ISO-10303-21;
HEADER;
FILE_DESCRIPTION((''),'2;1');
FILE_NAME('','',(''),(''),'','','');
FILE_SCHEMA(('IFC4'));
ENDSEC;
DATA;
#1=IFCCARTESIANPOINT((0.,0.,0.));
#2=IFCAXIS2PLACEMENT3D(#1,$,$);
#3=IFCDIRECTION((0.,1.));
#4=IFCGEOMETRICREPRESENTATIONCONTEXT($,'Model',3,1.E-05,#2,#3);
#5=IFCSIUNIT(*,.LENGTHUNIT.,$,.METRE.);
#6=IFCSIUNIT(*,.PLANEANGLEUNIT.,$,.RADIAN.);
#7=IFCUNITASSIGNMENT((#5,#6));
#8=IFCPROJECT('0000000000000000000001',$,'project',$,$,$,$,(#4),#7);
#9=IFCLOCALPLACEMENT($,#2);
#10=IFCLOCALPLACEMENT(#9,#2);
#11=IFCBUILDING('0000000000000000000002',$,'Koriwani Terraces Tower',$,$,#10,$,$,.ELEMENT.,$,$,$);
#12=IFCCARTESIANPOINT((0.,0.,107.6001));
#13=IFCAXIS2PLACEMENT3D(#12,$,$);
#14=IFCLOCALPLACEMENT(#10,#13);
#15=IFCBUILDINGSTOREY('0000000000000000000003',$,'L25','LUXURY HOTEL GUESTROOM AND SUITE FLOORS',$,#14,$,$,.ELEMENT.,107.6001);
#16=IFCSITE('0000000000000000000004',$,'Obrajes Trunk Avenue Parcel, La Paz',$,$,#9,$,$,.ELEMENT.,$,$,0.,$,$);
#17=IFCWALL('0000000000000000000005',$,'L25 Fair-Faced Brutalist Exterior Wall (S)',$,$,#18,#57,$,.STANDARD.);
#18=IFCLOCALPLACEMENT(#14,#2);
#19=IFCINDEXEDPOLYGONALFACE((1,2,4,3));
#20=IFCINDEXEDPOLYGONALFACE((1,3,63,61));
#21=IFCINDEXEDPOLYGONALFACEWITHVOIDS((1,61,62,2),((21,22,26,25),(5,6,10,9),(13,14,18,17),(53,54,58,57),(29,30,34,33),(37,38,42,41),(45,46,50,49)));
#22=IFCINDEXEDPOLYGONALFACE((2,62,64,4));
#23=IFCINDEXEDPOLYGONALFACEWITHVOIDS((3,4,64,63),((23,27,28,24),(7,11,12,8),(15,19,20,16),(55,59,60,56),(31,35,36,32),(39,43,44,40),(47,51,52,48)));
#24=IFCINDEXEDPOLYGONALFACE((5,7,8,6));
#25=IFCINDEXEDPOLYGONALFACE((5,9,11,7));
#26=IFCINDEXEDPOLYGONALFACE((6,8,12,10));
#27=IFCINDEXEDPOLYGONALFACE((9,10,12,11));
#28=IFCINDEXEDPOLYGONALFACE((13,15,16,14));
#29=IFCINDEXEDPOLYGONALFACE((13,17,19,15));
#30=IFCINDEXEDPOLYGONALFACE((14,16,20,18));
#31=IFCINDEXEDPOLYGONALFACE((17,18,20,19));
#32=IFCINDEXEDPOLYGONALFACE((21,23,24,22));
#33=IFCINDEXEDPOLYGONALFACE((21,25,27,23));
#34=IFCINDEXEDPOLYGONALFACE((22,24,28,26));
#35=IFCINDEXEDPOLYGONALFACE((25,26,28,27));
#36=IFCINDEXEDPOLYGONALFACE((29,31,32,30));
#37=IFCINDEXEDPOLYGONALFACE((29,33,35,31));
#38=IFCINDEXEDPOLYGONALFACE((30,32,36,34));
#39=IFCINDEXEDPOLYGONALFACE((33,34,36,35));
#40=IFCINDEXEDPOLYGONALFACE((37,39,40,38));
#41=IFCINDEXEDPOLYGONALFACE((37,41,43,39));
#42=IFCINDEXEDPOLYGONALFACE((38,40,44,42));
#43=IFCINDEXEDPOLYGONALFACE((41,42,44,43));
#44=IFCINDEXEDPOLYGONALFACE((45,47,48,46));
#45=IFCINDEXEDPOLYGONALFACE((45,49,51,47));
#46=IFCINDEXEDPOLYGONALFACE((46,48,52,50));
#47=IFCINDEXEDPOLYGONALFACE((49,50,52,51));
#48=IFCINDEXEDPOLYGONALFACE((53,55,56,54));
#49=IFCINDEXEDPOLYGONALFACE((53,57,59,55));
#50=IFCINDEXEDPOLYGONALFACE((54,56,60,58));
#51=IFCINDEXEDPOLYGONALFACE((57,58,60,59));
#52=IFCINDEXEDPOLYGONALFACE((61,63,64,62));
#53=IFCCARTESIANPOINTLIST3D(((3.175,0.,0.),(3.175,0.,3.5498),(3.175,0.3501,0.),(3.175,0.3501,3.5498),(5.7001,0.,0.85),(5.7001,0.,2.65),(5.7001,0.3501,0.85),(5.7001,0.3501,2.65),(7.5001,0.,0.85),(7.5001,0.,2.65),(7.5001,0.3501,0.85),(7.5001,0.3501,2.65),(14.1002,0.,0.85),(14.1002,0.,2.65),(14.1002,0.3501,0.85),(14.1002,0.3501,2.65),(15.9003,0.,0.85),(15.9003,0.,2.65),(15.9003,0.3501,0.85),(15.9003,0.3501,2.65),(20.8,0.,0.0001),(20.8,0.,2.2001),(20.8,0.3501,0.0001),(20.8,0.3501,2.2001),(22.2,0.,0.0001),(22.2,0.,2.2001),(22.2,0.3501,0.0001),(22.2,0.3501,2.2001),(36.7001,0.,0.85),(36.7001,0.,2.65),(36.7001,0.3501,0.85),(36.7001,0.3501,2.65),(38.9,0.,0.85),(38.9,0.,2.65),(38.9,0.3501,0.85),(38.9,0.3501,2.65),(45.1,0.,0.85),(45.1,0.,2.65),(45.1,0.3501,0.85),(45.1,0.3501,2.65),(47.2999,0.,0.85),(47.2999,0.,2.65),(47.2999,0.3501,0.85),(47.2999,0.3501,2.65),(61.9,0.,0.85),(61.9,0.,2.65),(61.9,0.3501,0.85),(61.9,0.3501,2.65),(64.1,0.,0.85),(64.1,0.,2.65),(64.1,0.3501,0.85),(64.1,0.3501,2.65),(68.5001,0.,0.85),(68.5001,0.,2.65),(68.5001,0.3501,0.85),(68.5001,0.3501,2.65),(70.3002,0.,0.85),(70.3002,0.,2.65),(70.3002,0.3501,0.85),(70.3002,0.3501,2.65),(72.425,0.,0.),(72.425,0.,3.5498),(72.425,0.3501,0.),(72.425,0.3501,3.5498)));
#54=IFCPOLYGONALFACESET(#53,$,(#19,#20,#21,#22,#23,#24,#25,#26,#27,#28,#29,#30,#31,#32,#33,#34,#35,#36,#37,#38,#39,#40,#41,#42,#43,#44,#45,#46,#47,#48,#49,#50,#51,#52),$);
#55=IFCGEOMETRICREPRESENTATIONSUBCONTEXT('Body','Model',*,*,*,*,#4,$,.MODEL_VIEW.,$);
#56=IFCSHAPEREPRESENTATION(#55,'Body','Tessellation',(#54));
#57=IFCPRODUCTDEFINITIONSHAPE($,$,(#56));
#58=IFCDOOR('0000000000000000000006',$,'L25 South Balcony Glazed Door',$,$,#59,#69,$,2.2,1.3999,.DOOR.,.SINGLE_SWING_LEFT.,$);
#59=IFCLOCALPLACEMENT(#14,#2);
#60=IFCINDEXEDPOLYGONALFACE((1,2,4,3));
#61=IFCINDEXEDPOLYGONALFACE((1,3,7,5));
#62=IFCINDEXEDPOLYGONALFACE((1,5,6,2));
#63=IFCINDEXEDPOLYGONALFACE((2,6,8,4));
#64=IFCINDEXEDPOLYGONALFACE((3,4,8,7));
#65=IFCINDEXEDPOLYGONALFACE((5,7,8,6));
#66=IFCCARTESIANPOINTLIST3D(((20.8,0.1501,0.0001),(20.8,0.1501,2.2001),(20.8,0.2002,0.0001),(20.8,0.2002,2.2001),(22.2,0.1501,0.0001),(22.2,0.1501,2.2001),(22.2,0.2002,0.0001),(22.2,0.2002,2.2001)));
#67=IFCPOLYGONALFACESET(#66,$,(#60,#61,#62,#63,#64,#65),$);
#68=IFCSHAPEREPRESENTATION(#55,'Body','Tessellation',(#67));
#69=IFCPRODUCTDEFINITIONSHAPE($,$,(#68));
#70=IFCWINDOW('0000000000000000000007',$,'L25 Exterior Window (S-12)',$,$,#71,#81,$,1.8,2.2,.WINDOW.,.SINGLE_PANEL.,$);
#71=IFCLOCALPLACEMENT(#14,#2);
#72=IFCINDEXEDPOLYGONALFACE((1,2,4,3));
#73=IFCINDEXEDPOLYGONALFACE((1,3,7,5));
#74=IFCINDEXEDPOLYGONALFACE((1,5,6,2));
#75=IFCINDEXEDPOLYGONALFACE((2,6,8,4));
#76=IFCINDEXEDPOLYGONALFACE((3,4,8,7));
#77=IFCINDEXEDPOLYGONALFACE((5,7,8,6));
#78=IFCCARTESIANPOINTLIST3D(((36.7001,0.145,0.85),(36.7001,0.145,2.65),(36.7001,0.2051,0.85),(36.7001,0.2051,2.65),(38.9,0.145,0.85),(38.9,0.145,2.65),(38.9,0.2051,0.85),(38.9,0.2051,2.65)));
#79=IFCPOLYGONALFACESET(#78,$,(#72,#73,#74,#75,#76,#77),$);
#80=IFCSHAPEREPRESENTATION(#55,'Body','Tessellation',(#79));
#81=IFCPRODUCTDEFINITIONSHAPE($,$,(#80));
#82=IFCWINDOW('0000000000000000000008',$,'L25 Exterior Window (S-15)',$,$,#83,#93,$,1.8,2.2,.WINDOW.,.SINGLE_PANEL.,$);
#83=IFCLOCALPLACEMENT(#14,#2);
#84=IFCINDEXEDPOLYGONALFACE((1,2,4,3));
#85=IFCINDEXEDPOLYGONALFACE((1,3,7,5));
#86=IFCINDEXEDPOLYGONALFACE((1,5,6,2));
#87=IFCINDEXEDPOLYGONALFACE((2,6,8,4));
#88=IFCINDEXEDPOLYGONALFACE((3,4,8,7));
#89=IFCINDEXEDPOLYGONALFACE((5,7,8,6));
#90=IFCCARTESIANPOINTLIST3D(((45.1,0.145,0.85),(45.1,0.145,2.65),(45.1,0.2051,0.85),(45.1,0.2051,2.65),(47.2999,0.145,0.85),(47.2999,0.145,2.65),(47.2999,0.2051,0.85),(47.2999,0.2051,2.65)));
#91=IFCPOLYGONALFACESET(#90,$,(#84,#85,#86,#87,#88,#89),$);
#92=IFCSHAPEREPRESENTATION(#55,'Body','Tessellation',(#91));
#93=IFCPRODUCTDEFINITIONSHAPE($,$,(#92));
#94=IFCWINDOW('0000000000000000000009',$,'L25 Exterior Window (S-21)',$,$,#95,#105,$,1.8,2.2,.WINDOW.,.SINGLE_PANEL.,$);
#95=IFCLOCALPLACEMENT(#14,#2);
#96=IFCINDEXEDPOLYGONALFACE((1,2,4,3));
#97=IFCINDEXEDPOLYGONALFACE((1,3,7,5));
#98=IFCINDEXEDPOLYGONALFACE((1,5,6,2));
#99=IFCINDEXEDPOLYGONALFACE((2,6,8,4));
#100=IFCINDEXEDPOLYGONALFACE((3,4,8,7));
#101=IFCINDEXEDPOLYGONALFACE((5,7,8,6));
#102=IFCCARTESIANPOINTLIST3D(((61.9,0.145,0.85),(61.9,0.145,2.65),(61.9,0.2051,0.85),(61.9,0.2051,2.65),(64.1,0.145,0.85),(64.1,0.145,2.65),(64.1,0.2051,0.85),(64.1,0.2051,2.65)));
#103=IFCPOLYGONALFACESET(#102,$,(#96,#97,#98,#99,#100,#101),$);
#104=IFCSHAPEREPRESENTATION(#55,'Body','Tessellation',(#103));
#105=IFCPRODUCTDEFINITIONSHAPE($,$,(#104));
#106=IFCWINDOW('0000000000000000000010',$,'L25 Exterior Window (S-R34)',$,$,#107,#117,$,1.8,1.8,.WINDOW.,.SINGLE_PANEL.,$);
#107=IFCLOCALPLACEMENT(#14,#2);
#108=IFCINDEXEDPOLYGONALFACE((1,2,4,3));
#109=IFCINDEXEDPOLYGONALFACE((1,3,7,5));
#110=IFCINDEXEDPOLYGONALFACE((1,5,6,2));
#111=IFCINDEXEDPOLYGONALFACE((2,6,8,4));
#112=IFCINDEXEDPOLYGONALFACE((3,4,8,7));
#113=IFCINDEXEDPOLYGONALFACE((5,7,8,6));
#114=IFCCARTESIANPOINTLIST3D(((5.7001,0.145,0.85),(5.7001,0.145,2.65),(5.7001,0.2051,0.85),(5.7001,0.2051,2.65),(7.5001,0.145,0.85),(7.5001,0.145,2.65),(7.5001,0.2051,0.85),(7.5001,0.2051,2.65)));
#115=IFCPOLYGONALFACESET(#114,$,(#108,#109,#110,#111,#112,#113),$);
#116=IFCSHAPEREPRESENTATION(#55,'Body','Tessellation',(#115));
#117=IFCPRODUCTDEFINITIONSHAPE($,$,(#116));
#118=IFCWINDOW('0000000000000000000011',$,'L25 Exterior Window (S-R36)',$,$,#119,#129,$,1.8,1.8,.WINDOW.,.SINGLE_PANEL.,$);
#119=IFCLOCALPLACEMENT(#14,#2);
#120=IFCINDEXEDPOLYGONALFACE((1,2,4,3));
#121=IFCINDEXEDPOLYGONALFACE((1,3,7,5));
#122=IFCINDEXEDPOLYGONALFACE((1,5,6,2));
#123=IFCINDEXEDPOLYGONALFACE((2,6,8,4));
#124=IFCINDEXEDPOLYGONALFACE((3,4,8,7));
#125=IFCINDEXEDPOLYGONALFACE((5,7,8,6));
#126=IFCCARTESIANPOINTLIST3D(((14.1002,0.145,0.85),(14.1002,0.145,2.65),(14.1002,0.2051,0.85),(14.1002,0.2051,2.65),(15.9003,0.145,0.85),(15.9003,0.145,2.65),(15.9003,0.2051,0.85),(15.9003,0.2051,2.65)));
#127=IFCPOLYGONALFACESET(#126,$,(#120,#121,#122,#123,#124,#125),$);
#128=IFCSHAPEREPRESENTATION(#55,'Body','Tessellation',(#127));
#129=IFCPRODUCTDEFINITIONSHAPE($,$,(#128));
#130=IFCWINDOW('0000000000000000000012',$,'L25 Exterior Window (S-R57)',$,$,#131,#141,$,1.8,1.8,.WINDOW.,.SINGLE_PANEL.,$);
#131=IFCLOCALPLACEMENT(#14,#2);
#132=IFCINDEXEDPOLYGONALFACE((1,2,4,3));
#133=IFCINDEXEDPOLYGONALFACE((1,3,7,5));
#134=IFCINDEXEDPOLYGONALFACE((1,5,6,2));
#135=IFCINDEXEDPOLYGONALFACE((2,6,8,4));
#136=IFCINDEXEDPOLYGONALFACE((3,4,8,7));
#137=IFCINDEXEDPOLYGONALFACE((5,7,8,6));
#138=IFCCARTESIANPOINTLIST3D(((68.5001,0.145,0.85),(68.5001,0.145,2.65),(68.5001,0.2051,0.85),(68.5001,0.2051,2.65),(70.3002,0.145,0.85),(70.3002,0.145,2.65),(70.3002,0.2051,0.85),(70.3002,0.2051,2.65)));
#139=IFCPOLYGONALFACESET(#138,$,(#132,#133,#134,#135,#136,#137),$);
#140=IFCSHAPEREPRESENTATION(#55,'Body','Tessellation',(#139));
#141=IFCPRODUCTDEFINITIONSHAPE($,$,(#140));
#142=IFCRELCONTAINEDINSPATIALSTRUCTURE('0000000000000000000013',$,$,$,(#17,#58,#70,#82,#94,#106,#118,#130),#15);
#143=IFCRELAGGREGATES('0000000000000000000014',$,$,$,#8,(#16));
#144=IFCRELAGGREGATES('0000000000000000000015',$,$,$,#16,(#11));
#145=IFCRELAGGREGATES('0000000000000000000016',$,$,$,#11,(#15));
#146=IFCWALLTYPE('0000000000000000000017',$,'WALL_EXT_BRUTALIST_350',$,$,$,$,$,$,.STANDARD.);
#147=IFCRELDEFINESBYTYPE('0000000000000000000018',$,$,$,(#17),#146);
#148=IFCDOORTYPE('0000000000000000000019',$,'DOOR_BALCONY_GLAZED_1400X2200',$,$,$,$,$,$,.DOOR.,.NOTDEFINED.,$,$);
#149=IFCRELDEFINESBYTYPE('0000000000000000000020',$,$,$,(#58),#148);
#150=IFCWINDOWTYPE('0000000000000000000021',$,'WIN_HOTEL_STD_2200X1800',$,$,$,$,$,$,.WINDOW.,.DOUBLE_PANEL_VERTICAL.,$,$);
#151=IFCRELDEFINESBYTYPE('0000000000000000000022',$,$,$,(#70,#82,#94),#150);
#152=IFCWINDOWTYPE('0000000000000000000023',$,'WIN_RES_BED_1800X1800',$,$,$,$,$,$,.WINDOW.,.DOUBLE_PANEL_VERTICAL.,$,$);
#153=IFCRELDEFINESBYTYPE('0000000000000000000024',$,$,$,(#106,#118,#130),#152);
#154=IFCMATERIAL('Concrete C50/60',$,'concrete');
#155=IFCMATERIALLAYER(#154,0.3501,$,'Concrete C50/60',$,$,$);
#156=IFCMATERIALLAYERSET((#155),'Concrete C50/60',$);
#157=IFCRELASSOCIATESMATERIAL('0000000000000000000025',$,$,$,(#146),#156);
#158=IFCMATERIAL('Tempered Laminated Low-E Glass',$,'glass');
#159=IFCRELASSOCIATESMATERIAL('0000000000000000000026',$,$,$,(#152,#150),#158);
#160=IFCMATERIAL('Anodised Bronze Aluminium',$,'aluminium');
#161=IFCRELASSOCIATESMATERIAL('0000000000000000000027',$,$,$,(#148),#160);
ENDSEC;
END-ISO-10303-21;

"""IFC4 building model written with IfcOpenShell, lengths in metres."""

from ifc_helpers import new_model, si_unit, direction, frame, frame_2d, origin, place, context, subcontext, project, spatial, rectangle, extrude, material, layer, layer_set, type_object, element, fill, save


model = new_model("IFC4")

# Units and contexts
model_context = context("Model", 3, precision=1e-05, world=origin(), true_north=direction((0.0, 1.0)))
body_context = subcontext(model_context, "Body", "Model", "MODEL_VIEW")
ifc_project = project(units=[si_unit("LENGTHUNIT", "METRE"), si_unit("PLANEANGLEUNIT", "RADIAN")], contexts=[model_context])

# Site, building, storey
site_placement = place(None, origin())
site = spatial("IfcSite", under=ifc_project, at=site_placement, Name="Obrajes Trunk Avenue Parcel, La Paz", CompositionType="ELEMENT", RefElevation=0.0)
building_placement = place(site_placement, origin())
building = spatial("IfcBuilding", under=site, at=building_placement, Name="Koriwani Terraces Tower", CompositionType="ELEMENT")
storey_placement = place(building_placement, frame((0.0, 0.0, 107.6001)))
storey = spatial("IfcBuildingStorey", under=building, at=storey_placement, Name="L25", Description="LUXURY HOTEL GUESTROOM AND SUITE FLOORS", CompositionType="ELEMENT", Elevation=107.6001)

# Shared definitions
ifc_material_1 = material(Name="Concrete C50/60", Category="concrete")

# Shared definitions
ifc_layer_1 = layer(ifc_material_1, 0.3501, Name="Concrete C50/60")
ifc_layer_set_1 = layer_set([ifc_layer_1], Name="Concrete C50/60")
wall_type_1 = type_object("IfcWallType", Name="WALL_EXT_BRUTALIST_350", PredefinedType="STANDARD", material=ifc_layer_set_1)

# Shared definitions
ifc_material_2 = material(Name="Tempered Laminated Low-E Glass", Category="glass")
window_type_1 = type_object("IfcWindowType", Name="WIN_RES_BED_1800X1800", PartitioningType="DOUBLE_PANEL_VERTICAL", PredefinedType="WINDOW", material=ifc_material_2)

# Wall, openings, door, windows
wall_1_placement = place(storey_placement, frame((72.425, 0.175, 0.0), z_axis=(0.0, 0.0, 1.0), x_axis=(-1.0, 0.0, 0.0)))
wall_1 = element("IfcWall", 1, at=wall_1_placement, inside=storey, type_object=wall_type_1, Name="L25 Fair-Faced Brutalist Exterior Wall (S)", PredefinedType="STANDARD", context=body_context, shape_type="SweptSolid", body=[
    extrude(rectangle(XDim=69.25, YDim=0.3501, at=frame_2d((34.625, 0.0))), origin(), (0.0, 0.0, 1.0), 3.5498),
])
opening_1_placement = place(wall_1_placement, frame((50.2251, 0.0, 0.0)))
opening_1 = element("IfcOpeningElement", 2, at=opening_1_placement, cuts=wall_1, PredefinedType="OPENING", context=body_context, shape_type="SweptSolid", body=[
    extrude(rectangle(XDim=1.3999, YDim=2.2, at=frame_2d((0.7, 1.1001))), frame((0.0, 0.1851, 0.0), z_axis=(0.0, -1.0, 0.0), x_axis=(1.0, 0.0, 0.0)), (0.0, 0.0, 1.0), 0.3701),
])
opening_2_placement = place(wall_1_placement, frame((33.5249, 0.0, 0.8501)))
opening_2 = element("IfcOpeningElement", 3, at=opening_2_placement, cuts=wall_1, PredefinedType="OPENING", context=body_context, shape_type="SweptSolid", body=[
    extrude(rectangle(XDim=2.2, YDim=1.8, at=frame_2d((1.1001, 0.8999))), frame((0.0, 0.1851, 0.0), z_axis=(0.0, -1.0, 0.0), x_axis=(1.0, 0.0, 0.0)), (0.0, 0.0, 1.0), 0.3701),
])
opening_3_placement = place(wall_1_placement, frame((25.125, 0.0, 0.8501)))
opening_3 = element("IfcOpeningElement", 4, at=opening_3_placement, cuts=wall_1, PredefinedType="OPENING", context=body_context, shape_type="SweptSolid", body=[
    extrude(rectangle(XDim=2.2, YDim=1.8, at=frame_2d((1.1001, 0.8999))), frame((0.0, 0.1851, 0.0), z_axis=(0.0, -1.0, 0.0), x_axis=(1.0, 0.0, 0.0)), (0.0, 0.0, 1.0), 0.3701),
])
opening_4_placement = place(wall_1_placement, frame((8.325, 0.0, 0.8501)))
opening_4 = element("IfcOpeningElement", 5, at=opening_4_placement, cuts=wall_1, PredefinedType="OPENING", context=body_context, shape_type="SweptSolid", body=[
    extrude(rectangle(XDim=2.2, YDim=1.8, at=frame_2d((1.1001, 0.8999))), frame((0.0, 0.1851, 0.0), z_axis=(0.0, -1.0, 0.0), x_axis=(1.0, 0.0, 0.0)), (0.0, 0.0, 1.0), 0.3701),
])
opening_5_placement = place(wall_1_placement, frame((64.925, 0.0, 0.8501)))
opening_5 = element("IfcOpeningElement", 6, at=opening_5_placement, cuts=wall_1, PredefinedType="OPENING", context=body_context, shape_type="SweptSolid", body=[
    extrude(rectangle(XDim=1.8, YDim=1.8, at=frame_2d((0.8999, 0.8999))), frame((0.0, 0.1851, 0.0), z_axis=(0.0, -1.0, 0.0), x_axis=(1.0, 0.0, 0.0)), (0.0, 0.0, 1.0), 0.3701),
])
opening_6_placement = place(wall_1_placement, frame((56.5249, 0.0, 0.8501)))
opening_6 = element("IfcOpeningElement", 7, at=opening_6_placement, cuts=wall_1, PredefinedType="OPENING", context=body_context, shape_type="SweptSolid", body=[
    extrude(rectangle(XDim=1.8, YDim=1.8, at=frame_2d((0.8999, 0.8999))), frame((0.0, 0.1851, 0.0), z_axis=(0.0, -1.0, 0.0), x_axis=(1.0, 0.0, 0.0)), (0.0, 0.0, 1.0), 0.3701),
])
opening_7_placement = place(wall_1_placement, frame((2.125, 0.0, 0.8501)))
opening_7 = element("IfcOpeningElement", 8, at=opening_7_placement, cuts=wall_1, PredefinedType="OPENING", context=body_context, shape_type="SweptSolid", body=[
    extrude(rectangle(XDim=1.8, YDim=1.8, at=frame_2d((0.8999, 0.8999))), frame((0.0, 0.1851, 0.0), z_axis=(0.0, -1.0, 0.0), x_axis=(1.0, 0.0, 0.0)), (0.0, 0.0, 1.0), 0.3701),
])
ifc_material_3 = material(Name="Anodised Bronze Aluminium", Category="aluminium")
door_type = type_object("IfcDoorType", Name="DOOR_BALCONY_GLAZED_1400X2200", OperationType="NOTDEFINED", PredefinedType="DOOR", material=ifc_material_3)
door_placement = place(opening_1_placement, origin())
door = element("IfcDoor", 9, at=door_placement, inside=storey, type_object=door_type, Name="L25 South Balcony Glazed Door", OperationType="SINGLE_SWING_LEFT", OverallHeight=2.2, OverallWidth=1.3999, PredefinedType="DOOR", context=body_context, shape_type="SweptSolid", body=[
    extrude(rectangle(XDim=1.3999, YDim=2.2, at=frame_2d((0.7, 1.1001))), frame((0.0, 0.0249, 0.0), z_axis=(0.0, -1.0, 0.0), x_axis=(1.0, 0.0, 0.0)), (0.0, 0.0, 1.0), 0.05),
])
fill(opening_1, door)
window_type_2 = type_object("IfcWindowType", Name="WIN_HOTEL_STD_2200X1800", PartitioningType="DOUBLE_PANEL_VERTICAL", PredefinedType="WINDOW", material=ifc_material_2)
window_1_placement = place(opening_2_placement, origin())
window_1 = element("IfcWindow", 10, at=window_1_placement, inside=storey, type_object=window_type_2, Name="L25 Exterior Window (S-12)", OverallHeight=1.8, OverallWidth=2.2, PartitioningType="SINGLE_PANEL", PredefinedType="WINDOW", context=body_context, shape_type="SweptSolid", body=[
    extrude(rectangle(XDim=2.2, YDim=1.8, at=frame_2d((1.1001, 0.8999))), frame((0.0, 0.03, 0.0), z_axis=(0.0, -1.0, 0.0), x_axis=(1.0, 0.0, 0.0)), (0.0, 0.0, 1.0), 0.0601),
])
fill(opening_2, window_1)
window_2_placement = place(opening_3_placement, origin())
window_2 = element("IfcWindow", 11, at=window_2_placement, inside=storey, type_object=window_type_2, Name="L25 Exterior Window (S-15)", OverallHeight=1.8, OverallWidth=2.2, PartitioningType="SINGLE_PANEL", PredefinedType="WINDOW", context=body_context, shape_type="SweptSolid", body=[
    extrude(rectangle(XDim=2.2, YDim=1.8, at=frame_2d((1.1001, 0.8999))), frame((0.0, 0.03, 0.0), z_axis=(0.0, -1.0, 0.0), x_axis=(1.0, 0.0, 0.0)), (0.0, 0.0, 1.0), 0.0601),
])
fill(opening_3, window_2)
window_3_placement = place(opening_4_placement, origin())
window_3 = element("IfcWindow", 12, at=window_3_placement, inside=storey, type_object=window_type_2, Name="L25 Exterior Window (S-21)", OverallHeight=1.8, OverallWidth=2.2, PartitioningType="SINGLE_PANEL", PredefinedType="WINDOW", context=body_context, shape_type="SweptSolid", body=[
    extrude(rectangle(XDim=2.2, YDim=1.8, at=frame_2d((1.1001, 0.8999))), frame((0.0, 0.03, 0.0), z_axis=(0.0, -1.0, 0.0), x_axis=(1.0, 0.0, 0.0)), (0.0, 0.0, 1.0), 0.0601),
])
fill(opening_4, window_3)
window_4_placement = place(opening_5_placement, origin())
window_4 = element("IfcWindow", 13, at=window_4_placement, inside=storey, type_object=window_type_1, Name="L25 Exterior Window (S-R34)", OverallHeight=1.8, OverallWidth=1.8, PartitioningType="SINGLE_PANEL", PredefinedType="WINDOW", context=body_context, shape_type="SweptSolid", body=[
    extrude(rectangle(XDim=1.8, YDim=1.8, at=frame_2d((0.8999, 0.8999))), frame((0.0, 0.03, 0.0), z_axis=(0.0, -1.0, 0.0), x_axis=(1.0, 0.0, 0.0)), (0.0, 0.0, 1.0), 0.0601),
])
fill(opening_5, window_4)
window_5_placement = place(opening_6_placement, origin())
window_5 = element("IfcWindow", 14, at=window_5_placement, inside=storey, type_object=window_type_1, Name="L25 Exterior Window (S-R36)", OverallHeight=1.8, OverallWidth=1.8, PartitioningType="SINGLE_PANEL", PredefinedType="WINDOW", context=body_context, shape_type="SweptSolid", body=[
    extrude(rectangle(XDim=1.8, YDim=1.8, at=frame_2d((0.8999, 0.8999))), frame((0.0, 0.03, 0.0), z_axis=(0.0, -1.0, 0.0), x_axis=(1.0, 0.0, 0.0)), (0.0, 0.0, 1.0), 0.0601),
])
fill(opening_6, window_5)
window_6_placement = place(opening_7_placement, origin())
window_6 = element("IfcWindow", 15, at=window_6_placement, inside=storey, type_object=window_type_1, Name="L25 Exterior Window (S-R57)", OverallHeight=1.8, OverallWidth=1.8, PartitioningType="SINGLE_PANEL", PredefinedType="WINDOW", context=body_context, shape_type="SweptSolid", body=[
    extrude(rectangle(XDim=1.8, YDim=1.8, at=frame_2d((0.8999, 0.8999))), frame((0.0, 0.03, 0.0), z_axis=(0.0, -1.0, 0.0), x_axis=(1.0, 0.0, 0.0)), (0.0, 0.0, 1.0), 0.0601),
])
fill(opening_7, window_6)

save(model, "model.ifc")
